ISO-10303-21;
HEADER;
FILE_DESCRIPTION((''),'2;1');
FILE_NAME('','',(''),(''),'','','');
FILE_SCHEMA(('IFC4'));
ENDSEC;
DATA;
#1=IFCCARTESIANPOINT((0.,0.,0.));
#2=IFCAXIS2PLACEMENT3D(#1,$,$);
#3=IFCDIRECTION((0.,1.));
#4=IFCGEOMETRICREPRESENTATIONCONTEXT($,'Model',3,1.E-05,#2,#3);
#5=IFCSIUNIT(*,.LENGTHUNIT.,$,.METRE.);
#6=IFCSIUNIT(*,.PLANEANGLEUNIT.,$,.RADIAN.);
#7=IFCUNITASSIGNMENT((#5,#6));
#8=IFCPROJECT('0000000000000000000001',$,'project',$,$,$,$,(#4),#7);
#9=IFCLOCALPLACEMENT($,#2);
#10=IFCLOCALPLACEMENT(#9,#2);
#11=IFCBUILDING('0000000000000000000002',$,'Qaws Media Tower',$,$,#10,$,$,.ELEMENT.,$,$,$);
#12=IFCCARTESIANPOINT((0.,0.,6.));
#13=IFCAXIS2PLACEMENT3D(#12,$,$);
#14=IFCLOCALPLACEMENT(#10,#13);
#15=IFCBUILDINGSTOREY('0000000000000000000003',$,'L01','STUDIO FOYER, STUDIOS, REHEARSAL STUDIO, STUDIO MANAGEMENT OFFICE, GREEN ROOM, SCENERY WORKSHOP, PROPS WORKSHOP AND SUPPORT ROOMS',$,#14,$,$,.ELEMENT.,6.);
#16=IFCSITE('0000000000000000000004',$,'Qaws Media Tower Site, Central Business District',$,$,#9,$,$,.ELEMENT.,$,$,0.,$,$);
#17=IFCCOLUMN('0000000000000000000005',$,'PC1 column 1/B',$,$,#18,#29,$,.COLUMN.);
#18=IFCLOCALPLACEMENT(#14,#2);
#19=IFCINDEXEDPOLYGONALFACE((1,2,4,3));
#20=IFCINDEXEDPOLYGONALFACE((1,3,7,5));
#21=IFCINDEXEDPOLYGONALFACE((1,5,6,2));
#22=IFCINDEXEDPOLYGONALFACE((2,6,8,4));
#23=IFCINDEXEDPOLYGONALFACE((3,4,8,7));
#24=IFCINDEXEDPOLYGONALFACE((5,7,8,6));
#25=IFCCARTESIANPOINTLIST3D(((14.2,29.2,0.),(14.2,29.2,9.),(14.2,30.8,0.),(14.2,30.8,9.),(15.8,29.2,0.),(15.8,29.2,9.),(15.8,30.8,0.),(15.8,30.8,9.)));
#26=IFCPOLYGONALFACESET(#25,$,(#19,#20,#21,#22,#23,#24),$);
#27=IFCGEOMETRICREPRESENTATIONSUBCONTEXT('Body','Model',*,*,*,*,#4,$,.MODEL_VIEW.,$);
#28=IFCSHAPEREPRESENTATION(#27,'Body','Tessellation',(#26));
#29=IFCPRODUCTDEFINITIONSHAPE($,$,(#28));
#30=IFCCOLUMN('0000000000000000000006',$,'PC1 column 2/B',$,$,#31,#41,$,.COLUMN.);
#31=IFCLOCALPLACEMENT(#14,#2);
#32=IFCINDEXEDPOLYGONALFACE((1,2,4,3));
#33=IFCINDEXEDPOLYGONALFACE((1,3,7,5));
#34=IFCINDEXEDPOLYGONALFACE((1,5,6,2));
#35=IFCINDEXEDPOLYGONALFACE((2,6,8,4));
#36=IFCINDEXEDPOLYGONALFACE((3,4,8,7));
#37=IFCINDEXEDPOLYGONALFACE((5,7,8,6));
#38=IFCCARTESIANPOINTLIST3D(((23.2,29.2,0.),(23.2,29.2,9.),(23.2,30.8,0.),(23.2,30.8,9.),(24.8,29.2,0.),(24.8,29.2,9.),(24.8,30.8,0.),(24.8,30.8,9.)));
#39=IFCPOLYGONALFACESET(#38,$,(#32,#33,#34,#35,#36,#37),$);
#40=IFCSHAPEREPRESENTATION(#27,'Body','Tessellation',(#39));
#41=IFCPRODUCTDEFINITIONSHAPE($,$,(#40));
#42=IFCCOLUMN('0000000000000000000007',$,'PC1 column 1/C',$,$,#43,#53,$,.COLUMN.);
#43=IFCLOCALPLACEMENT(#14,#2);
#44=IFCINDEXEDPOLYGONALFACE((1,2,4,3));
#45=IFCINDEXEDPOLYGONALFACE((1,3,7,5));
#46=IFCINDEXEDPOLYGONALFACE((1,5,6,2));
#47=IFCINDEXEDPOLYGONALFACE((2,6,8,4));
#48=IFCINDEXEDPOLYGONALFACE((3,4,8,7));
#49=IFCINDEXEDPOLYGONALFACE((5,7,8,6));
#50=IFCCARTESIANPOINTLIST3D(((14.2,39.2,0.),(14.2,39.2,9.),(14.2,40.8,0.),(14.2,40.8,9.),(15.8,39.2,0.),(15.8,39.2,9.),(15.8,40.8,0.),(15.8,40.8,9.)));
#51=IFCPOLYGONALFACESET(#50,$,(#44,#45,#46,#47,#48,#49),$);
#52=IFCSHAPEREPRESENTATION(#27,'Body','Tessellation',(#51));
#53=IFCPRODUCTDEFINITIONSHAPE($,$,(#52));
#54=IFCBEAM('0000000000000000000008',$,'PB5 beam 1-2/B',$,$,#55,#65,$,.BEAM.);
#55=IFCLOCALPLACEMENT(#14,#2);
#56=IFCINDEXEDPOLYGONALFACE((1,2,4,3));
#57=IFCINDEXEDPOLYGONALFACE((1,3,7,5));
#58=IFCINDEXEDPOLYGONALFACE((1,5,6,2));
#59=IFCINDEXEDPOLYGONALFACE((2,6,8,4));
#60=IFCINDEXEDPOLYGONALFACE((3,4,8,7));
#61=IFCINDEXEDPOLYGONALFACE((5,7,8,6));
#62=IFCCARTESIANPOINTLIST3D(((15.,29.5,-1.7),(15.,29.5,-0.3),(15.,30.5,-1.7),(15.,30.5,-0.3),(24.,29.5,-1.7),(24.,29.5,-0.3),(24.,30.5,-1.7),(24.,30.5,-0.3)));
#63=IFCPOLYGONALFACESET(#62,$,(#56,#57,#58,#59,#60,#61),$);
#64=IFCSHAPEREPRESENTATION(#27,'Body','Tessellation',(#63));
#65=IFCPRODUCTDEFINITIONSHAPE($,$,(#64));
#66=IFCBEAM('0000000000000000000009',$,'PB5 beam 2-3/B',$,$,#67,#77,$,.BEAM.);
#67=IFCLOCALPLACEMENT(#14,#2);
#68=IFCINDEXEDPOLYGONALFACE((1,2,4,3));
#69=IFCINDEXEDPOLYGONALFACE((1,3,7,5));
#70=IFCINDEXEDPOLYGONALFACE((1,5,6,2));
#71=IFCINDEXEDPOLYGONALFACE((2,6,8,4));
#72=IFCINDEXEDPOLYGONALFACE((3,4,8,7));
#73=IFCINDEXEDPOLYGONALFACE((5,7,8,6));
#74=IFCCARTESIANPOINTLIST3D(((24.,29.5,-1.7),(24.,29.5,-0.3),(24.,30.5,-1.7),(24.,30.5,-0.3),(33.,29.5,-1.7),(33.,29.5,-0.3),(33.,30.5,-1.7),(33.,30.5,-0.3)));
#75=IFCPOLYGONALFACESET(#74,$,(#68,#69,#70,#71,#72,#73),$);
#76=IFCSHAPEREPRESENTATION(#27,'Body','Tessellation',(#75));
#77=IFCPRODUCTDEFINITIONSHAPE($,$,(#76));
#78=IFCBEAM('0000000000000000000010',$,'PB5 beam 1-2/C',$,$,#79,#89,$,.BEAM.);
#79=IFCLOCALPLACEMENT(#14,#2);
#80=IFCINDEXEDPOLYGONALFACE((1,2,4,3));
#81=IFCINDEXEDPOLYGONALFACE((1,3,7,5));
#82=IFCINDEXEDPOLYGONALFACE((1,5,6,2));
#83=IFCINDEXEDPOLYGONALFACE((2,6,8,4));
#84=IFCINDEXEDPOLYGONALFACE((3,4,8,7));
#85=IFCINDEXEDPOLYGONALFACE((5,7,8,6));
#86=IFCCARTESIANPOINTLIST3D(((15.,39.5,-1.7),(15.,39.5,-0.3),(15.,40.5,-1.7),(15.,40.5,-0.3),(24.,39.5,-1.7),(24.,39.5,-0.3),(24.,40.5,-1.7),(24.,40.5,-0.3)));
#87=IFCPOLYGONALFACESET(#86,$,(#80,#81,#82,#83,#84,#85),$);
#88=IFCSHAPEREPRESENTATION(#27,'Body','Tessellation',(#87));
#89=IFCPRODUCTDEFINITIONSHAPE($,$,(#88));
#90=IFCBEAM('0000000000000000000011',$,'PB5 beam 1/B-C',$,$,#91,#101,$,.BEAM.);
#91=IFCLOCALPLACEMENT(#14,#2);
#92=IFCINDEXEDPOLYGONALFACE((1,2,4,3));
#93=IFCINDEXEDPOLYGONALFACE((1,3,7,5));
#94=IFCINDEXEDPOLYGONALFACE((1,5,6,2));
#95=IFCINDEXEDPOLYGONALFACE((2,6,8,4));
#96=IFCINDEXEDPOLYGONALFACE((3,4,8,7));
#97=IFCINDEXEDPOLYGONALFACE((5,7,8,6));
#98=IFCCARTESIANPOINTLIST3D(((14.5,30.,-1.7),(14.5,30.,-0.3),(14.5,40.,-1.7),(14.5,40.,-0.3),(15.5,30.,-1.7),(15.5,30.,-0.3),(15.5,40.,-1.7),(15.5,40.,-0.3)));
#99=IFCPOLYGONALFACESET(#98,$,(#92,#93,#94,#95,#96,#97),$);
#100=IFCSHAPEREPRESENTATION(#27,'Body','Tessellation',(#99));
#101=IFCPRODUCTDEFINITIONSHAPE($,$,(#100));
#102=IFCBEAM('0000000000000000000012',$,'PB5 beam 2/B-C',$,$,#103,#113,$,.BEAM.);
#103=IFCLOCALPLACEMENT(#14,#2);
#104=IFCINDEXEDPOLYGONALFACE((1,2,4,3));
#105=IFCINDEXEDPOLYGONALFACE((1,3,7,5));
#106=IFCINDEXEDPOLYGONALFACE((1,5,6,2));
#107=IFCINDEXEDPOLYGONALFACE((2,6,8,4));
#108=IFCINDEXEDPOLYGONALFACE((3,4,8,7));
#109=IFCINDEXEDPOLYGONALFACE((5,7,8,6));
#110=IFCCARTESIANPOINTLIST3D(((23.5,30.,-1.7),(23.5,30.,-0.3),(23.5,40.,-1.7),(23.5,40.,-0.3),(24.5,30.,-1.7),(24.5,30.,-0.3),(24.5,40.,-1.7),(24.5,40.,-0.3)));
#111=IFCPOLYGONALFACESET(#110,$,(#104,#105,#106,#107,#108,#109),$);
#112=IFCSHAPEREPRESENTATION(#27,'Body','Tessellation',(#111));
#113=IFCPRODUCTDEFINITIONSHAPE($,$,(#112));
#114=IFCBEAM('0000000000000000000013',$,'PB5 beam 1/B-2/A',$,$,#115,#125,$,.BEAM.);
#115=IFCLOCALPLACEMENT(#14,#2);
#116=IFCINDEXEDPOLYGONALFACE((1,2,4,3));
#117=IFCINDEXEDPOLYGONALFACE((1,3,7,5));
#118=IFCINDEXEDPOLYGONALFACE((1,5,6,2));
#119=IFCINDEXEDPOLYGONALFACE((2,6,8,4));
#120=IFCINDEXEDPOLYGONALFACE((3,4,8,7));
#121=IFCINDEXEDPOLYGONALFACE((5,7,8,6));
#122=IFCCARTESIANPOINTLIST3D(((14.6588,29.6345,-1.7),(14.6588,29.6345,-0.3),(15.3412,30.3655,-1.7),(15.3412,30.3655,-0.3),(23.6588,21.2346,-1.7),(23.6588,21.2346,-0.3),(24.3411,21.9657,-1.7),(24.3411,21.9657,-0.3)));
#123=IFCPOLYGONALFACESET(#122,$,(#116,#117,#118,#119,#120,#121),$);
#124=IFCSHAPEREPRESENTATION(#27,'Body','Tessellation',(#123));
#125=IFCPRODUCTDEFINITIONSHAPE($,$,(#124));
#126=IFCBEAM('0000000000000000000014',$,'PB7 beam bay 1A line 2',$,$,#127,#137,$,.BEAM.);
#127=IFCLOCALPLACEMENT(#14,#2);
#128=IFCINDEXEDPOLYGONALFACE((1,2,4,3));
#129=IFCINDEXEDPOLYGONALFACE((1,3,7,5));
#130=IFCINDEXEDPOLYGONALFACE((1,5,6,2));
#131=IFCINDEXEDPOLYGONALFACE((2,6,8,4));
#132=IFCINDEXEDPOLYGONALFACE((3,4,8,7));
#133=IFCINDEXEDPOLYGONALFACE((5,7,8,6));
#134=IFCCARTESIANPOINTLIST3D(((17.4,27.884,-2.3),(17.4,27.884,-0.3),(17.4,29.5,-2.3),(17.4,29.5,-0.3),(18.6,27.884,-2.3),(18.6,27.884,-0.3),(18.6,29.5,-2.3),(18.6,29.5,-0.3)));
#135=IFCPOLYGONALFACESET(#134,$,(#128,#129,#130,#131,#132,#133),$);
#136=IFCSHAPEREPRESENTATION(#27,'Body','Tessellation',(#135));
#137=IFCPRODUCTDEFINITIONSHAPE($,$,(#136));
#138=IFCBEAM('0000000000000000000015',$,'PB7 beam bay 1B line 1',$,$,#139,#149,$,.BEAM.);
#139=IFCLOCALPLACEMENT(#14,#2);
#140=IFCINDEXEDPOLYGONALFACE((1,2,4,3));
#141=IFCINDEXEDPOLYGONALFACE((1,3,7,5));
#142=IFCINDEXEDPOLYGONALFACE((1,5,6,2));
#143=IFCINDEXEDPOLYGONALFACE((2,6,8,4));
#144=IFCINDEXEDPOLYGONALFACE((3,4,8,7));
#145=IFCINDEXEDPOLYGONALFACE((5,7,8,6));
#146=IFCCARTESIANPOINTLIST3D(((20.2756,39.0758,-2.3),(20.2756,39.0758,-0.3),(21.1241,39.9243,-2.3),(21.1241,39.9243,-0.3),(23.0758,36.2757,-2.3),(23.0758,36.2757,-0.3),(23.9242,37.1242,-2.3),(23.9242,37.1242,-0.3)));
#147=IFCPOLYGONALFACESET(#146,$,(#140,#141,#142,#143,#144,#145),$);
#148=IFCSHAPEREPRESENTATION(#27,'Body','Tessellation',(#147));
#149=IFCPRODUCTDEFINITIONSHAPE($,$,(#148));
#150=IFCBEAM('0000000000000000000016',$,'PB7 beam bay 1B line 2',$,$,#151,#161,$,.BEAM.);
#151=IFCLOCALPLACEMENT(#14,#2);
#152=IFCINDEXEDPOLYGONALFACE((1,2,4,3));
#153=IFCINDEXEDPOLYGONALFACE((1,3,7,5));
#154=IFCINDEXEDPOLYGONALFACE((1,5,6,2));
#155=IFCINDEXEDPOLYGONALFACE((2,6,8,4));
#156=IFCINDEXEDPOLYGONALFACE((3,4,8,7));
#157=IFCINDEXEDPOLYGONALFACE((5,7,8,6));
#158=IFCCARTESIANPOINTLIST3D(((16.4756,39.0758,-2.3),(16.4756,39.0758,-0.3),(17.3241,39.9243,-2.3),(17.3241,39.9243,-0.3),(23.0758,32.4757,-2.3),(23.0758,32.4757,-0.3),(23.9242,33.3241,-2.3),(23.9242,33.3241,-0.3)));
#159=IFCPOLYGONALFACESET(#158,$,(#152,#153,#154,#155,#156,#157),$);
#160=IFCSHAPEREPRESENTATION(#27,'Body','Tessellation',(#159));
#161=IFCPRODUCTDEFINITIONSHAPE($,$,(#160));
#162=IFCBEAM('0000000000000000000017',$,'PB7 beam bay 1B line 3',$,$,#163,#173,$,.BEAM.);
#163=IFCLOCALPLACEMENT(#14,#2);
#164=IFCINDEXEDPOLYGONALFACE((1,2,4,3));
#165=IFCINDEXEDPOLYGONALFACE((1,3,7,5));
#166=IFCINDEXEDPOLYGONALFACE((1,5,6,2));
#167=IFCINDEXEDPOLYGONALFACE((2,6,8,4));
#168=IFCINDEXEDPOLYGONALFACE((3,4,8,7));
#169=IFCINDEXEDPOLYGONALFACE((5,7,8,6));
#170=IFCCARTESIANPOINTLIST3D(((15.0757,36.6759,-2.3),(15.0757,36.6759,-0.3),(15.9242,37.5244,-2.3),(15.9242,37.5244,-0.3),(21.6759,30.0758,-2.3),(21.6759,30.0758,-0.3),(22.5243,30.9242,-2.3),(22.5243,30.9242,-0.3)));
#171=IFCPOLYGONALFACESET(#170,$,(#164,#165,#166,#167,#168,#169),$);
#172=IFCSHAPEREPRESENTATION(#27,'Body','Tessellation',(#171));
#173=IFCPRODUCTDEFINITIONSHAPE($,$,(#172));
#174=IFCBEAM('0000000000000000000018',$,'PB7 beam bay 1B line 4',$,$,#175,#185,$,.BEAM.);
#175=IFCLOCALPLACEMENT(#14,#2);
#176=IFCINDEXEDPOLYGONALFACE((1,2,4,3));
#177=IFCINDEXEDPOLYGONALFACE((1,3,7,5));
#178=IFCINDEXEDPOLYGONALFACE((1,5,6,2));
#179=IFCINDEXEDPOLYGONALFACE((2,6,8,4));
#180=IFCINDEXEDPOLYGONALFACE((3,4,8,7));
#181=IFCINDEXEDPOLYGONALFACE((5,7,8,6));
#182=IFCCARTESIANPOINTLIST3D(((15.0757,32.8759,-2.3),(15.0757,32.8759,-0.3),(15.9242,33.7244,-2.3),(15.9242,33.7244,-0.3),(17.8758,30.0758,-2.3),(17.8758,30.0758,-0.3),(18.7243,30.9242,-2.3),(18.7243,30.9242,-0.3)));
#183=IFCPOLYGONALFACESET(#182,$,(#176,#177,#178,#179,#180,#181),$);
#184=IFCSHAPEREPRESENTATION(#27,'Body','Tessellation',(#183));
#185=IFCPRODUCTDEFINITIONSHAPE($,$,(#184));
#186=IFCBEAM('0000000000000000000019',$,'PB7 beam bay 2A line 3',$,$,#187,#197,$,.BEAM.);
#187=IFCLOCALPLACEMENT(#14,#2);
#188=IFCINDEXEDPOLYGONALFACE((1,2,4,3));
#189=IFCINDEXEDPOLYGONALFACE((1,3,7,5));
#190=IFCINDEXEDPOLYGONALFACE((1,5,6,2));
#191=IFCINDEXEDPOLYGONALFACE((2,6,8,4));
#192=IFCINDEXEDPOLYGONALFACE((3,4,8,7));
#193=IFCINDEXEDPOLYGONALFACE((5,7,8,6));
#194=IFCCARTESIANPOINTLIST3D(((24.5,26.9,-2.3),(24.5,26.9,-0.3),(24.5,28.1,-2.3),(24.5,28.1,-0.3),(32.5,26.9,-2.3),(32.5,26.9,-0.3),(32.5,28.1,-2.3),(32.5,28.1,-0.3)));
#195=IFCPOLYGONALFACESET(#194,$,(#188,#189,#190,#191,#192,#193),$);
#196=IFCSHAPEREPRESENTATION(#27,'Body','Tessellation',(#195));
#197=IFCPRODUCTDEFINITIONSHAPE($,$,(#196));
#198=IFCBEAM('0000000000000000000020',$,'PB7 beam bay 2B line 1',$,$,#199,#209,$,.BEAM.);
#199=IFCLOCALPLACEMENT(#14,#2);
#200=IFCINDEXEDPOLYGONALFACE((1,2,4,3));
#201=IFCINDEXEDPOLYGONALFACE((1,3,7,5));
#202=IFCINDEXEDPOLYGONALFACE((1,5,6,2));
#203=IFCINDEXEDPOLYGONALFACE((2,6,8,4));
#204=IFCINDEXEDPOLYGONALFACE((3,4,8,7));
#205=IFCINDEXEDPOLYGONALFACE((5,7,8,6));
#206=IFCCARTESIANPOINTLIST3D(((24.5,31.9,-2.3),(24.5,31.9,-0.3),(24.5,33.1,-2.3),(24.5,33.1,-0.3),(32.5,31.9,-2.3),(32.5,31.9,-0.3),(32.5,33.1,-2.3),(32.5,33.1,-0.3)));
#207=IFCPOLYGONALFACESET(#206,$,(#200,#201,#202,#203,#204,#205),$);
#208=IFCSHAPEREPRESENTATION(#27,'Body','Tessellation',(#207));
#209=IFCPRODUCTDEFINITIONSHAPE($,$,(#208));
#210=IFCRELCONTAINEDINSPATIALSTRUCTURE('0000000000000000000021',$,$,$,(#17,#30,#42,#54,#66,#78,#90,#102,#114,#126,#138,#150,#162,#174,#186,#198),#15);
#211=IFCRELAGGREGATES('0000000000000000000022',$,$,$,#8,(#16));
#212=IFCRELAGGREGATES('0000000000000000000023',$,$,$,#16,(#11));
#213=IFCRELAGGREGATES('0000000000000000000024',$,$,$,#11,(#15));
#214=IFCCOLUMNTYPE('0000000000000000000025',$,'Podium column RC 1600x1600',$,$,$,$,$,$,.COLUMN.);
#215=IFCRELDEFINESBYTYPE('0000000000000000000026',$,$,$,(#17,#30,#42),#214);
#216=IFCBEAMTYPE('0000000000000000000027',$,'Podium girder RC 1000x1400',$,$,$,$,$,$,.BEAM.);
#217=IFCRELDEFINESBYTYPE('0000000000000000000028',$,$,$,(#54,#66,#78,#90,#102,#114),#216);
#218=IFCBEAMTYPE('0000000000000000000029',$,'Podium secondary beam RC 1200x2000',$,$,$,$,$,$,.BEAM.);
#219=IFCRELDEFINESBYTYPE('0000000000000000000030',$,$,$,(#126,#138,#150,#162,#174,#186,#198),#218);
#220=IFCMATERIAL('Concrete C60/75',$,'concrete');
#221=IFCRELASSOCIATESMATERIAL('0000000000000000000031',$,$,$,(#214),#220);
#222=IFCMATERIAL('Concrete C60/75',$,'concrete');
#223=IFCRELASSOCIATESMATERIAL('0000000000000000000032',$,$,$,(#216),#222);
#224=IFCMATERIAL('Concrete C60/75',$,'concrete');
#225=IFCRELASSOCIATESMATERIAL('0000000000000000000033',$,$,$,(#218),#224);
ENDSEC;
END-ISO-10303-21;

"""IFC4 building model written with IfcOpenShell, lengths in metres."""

from ifc_helpers import new_model, si_unit, direction, frame, origin, origin_2d, place, context, subcontext, project, spatial, rectangle, extrude, material, material_profile, profile_set, type_object, element, save


model = new_model("IFC4")

# Units and contexts
model_context = context("Model", 3, precision=1e-05, world=origin(), true_north=direction((0.0, 1.0)))
body_context = subcontext(model_context, "Body", "Model", "MODEL_VIEW")
ifc_project = project(units=[si_unit("LENGTHUNIT", "METRE"), si_unit("PLANEANGLEUNIT", "RADIAN")], contexts=[model_context])

# Site, building, storey
site_placement = place(None, origin())
site = spatial("IfcSite", under=ifc_project, at=site_placement, Name="Qaws Media Tower Site, Central Business District", CompositionType="ELEMENT", RefElevation=0.0)
building_placement = place(site_placement, origin())
building = spatial("IfcBuilding", under=site, at=building_placement, Name="Qaws Media Tower", CompositionType="ELEMENT")
storey_placement = place(building_placement, frame((0.0, 0.0, 6.0)))
storey = spatial("IfcBuildingStorey", under=building, at=storey_placement, Name="L01", Description="STUDIO FOYER, STUDIOS, REHEARSAL STUDIO, STUDIO MANAGEMENT OFFICE, GREEN ROOM, SCENERY WORKSHOP, PROPS WORKSHOP AND SUPPORT ROOMS", CompositionType="ELEMENT", Elevation=6.0)

# Columns
ifc_material_1 = material(Name="Concrete C60/75", Category="concrete")
ifc_material_profile_1 = material_profile(ifc_material_1, rectangle(XDim=1.6001, YDim=1.6001, at=origin_2d()), Name="RC 1600x1600")
ifc_profile_set_1 = profile_set([ifc_material_profile_1], Name="Concrete C60/75")
column_type = type_object("IfcColumnType", Name="Podium column RC 1600x1600", PredefinedType="COLUMN", material=ifc_profile_set_1)
for number, where, z_axis, x_axis, name in (
    (1, (15.0, 30.0, 0.0), (0.0, 0.0, 1.0), (1.0, 0.0, 0.0), "PC1 column 1/B"),
    (2, (24.0, 30.0, 0.0), (0.0, 0.0, 1.0), (1.0, 0.0, 0.0), "PC1 column 2/B"),
    (3, (15.0, 40.0, 0.0), (0.0, 0.0, 1.0), (1.0, 0.0, 0.0), "PC1 column 1/C"),
):
    element("IfcColumn", number, at=place(storey_placement, frame(where, z_axis=z_axis, x_axis=x_axis)), inside=storey, type_object=column_type, Name=name, PredefinedType="COLUMN", context=body_context, shape_type="SweptSolid", body=[
        extrude(rectangle(XDim=1.6001, YDim=1.6001, at=origin_2d()), origin(), (0.0, 0.0, 1.0), 9.0),
    ])

# Beams
ifc_material_2 = material(Name="Concrete C60/75", Category="concrete")
ifc_material_profile_2 = material_profile(ifc_material_2, rectangle(XDim=1.0, YDim=1.3999, at=origin_2d()), Name="RC 1000x1400")
ifc_profile_set_2 = profile_set([ifc_material_profile_2], Name="Concrete C60/75")
beam_type_1 = type_object("IfcBeamType", Name="Podium girder RC 1000x1400", PredefinedType="BEAM", material=ifc_profile_set_2)
for number, where, z_axis, x_axis, name in (
    (4, (15.0, 30.0, -1.0), (1.0, 0.0, 0.0), (0.0, 1.0, 0.0), "PB5 beam 1-2/B"),
    (5, (24.0, 30.0, -1.0), (1.0, 0.0, 0.0), (0.0, 1.0, 0.0), "PB5 beam 2-3/B"),
    (6, (15.0, 40.0, -1.0), (1.0, 0.0, 0.0), (0.0, 1.0, 0.0), "PB5 beam 1-2/C"),
):
    element("IfcBeam", number, at=place(storey_placement, frame(where, z_axis=z_axis, x_axis=x_axis)), inside=storey, type_object=beam_type_1, Name=name, PredefinedType="BEAM", context=body_context, shape_type="SweptSolid", body=[
        extrude(rectangle(XDim=1.0, YDim=1.3999, at=origin_2d()), origin(), (0.0, 0.0, 1.0), 9.0),
    ])
for number, where, z_axis, x_axis, name in (
    (7, (15.0, 30.0, -1.0), (0.0, 1.0, 0.0), (-1.0, 0.0, 0.0), "PB5 beam 1/B-C"),
    (8, (24.0, 30.0, -1.0), (0.0, 1.0, 0.0), (-1.0, 0.0, 0.0), "PB5 beam 2/B-C"),
):
    element("IfcBeam", number, at=place(storey_placement, frame(where, z_axis=z_axis, x_axis=x_axis)), inside=storey, type_object=beam_type_1, Name=name, PredefinedType="BEAM", context=body_context, shape_type="SweptSolid", body=[
        extrude(rectangle(XDim=1.0, YDim=1.3999, at=origin_2d()), origin(), (0.0, 0.0, 1.0), 10.0),
    ])
beam_1_placement = place(storey_placement, frame((15.0, 30.0, -1.0), z_axis=(0.731059, -0.682314, 0.0), x_axis=(0.682314, 0.731059, 0.0)))
element("IfcBeam", 9, at=beam_1_placement, inside=storey, type_object=beam_type_1, Name="PB5 beam 1/B-2/A", PredefinedType="BEAM", context=body_context, shape_type="SweptSolid", body=[
    extrude(rectangle(XDim=1.0, YDim=1.3999, at=origin_2d()), origin(), (0.0, 0.0, 1.0), 12.3108),
])
ifc_material_3 = material(Name="Concrete C60/75", Category="concrete")
ifc_material_profile_3 = material_profile(ifc_material_3, rectangle(XDim=1.2, YDim=2.0, at=origin_2d()), Name="RC 1200x2000")
ifc_profile_set_3 = profile_set([ifc_material_profile_3], Name="Concrete C60/75")
beam_type_2 = type_object("IfcBeamType", Name="Podium secondary beam RC 1200x2000", PredefinedType="BEAM", material=ifc_profile_set_3)
beam_2_placement = place(storey_placement, frame((18.0, 27.884, -1.3), z_axis=(0.0, 1.0, 0.0), x_axis=(-1.0, 0.0, 0.0)))
element("IfcBeam", 10, at=beam_2_placement, inside=storey, type_object=beam_type_2, Name="PB7 beam bay 1A line 2", PredefinedType="BEAM", context=body_context, shape_type="SweptSolid", body=[
    extrude(rectangle(XDim=1.2, YDim=2.0, at=origin_2d()), origin(), (0.0, 0.0, 1.0), 1.616),
])
beam_3_placement = place(storey_placement, frame((23.5, 36.7, -1.3), z_axis=(-0.707107, 0.707107, 0.0), x_axis=(-0.707107, -0.707107, 0.0)))
element("IfcBeam", 11, at=beam_3_placement, inside=storey, type_object=beam_type_2, Name="PB7 beam bay 1B line 1", PredefinedType="BEAM", context=body_context, shape_type="SweptSolid", body=[
    extrude(rectangle(XDim=1.2, YDim=2.0, at=origin_2d()), origin(), (0.0, 0.0, 1.0), 3.96),
])
for number, where, z_axis, x_axis, name in (
    (12, (23.5, 32.8999, -1.3), (-0.707107, 0.707107, 0.0), (-0.707107, -0.707107, 0.0), "PB7 beam bay 1B line 2"),
    (13, (22.1001, 30.5, -1.3), (-0.707107, 0.707107, 0.0), (-0.707107, -0.707107, 0.0), "PB7 beam bay 1B line 3"),
):
    element("IfcBeam", number, at=place(storey_placement, frame(where, z_axis=z_axis, x_axis=x_axis)), inside=storey, type_object=beam_type_2, Name=name, PredefinedType="BEAM", context=body_context, shape_type="SweptSolid", body=[
        extrude(rectangle(XDim=1.2, YDim=2.0, at=origin_2d()), origin(), (0.0, 0.0, 1.0), 9.334),
    ])
beam_4_placement = place(storey_placement, frame((18.3, 30.5, -1.3), z_axis=(-0.707107, 0.707107, 0.0), x_axis=(-0.707107, -0.707107, 0.0)))
element("IfcBeam", 14, at=beam_4_placement, inside=storey, type_object=beam_type_2, Name="PB7 beam bay 1B line 4", PredefinedType="BEAM", context=body_context, shape_type="SweptSolid", body=[
    extrude(rectangle(XDim=1.2, YDim=2.0, at=origin_2d()), origin(), (0.0, 0.0, 1.0), 3.96),
])
for number, where, z_axis, x_axis, name in (
    (15, (24.5, 27.5, -1.3), (1.0, 0.0, 0.0), (0.0, 1.0, 0.0), "PB7 beam bay 2A line 3"),
    (16, (24.5, 32.5, -1.3), (1.0, 0.0, 0.0), (0.0, 1.0, 0.0), "PB7 beam bay 2B line 1"),
):
    element("IfcBeam", number, at=place(storey_placement, frame(where, z_axis=z_axis, x_axis=x_axis)), inside=storey, type_object=beam_type_2, Name=name, PredefinedType="BEAM", context=body_context, shape_type="SweptSolid", body=[
        extrude(rectangle(XDim=1.2, YDim=2.0, at=origin_2d()), origin(), (0.0, 0.0, 1.0), 8.0),
    ])

save(model, "model.ifc")
